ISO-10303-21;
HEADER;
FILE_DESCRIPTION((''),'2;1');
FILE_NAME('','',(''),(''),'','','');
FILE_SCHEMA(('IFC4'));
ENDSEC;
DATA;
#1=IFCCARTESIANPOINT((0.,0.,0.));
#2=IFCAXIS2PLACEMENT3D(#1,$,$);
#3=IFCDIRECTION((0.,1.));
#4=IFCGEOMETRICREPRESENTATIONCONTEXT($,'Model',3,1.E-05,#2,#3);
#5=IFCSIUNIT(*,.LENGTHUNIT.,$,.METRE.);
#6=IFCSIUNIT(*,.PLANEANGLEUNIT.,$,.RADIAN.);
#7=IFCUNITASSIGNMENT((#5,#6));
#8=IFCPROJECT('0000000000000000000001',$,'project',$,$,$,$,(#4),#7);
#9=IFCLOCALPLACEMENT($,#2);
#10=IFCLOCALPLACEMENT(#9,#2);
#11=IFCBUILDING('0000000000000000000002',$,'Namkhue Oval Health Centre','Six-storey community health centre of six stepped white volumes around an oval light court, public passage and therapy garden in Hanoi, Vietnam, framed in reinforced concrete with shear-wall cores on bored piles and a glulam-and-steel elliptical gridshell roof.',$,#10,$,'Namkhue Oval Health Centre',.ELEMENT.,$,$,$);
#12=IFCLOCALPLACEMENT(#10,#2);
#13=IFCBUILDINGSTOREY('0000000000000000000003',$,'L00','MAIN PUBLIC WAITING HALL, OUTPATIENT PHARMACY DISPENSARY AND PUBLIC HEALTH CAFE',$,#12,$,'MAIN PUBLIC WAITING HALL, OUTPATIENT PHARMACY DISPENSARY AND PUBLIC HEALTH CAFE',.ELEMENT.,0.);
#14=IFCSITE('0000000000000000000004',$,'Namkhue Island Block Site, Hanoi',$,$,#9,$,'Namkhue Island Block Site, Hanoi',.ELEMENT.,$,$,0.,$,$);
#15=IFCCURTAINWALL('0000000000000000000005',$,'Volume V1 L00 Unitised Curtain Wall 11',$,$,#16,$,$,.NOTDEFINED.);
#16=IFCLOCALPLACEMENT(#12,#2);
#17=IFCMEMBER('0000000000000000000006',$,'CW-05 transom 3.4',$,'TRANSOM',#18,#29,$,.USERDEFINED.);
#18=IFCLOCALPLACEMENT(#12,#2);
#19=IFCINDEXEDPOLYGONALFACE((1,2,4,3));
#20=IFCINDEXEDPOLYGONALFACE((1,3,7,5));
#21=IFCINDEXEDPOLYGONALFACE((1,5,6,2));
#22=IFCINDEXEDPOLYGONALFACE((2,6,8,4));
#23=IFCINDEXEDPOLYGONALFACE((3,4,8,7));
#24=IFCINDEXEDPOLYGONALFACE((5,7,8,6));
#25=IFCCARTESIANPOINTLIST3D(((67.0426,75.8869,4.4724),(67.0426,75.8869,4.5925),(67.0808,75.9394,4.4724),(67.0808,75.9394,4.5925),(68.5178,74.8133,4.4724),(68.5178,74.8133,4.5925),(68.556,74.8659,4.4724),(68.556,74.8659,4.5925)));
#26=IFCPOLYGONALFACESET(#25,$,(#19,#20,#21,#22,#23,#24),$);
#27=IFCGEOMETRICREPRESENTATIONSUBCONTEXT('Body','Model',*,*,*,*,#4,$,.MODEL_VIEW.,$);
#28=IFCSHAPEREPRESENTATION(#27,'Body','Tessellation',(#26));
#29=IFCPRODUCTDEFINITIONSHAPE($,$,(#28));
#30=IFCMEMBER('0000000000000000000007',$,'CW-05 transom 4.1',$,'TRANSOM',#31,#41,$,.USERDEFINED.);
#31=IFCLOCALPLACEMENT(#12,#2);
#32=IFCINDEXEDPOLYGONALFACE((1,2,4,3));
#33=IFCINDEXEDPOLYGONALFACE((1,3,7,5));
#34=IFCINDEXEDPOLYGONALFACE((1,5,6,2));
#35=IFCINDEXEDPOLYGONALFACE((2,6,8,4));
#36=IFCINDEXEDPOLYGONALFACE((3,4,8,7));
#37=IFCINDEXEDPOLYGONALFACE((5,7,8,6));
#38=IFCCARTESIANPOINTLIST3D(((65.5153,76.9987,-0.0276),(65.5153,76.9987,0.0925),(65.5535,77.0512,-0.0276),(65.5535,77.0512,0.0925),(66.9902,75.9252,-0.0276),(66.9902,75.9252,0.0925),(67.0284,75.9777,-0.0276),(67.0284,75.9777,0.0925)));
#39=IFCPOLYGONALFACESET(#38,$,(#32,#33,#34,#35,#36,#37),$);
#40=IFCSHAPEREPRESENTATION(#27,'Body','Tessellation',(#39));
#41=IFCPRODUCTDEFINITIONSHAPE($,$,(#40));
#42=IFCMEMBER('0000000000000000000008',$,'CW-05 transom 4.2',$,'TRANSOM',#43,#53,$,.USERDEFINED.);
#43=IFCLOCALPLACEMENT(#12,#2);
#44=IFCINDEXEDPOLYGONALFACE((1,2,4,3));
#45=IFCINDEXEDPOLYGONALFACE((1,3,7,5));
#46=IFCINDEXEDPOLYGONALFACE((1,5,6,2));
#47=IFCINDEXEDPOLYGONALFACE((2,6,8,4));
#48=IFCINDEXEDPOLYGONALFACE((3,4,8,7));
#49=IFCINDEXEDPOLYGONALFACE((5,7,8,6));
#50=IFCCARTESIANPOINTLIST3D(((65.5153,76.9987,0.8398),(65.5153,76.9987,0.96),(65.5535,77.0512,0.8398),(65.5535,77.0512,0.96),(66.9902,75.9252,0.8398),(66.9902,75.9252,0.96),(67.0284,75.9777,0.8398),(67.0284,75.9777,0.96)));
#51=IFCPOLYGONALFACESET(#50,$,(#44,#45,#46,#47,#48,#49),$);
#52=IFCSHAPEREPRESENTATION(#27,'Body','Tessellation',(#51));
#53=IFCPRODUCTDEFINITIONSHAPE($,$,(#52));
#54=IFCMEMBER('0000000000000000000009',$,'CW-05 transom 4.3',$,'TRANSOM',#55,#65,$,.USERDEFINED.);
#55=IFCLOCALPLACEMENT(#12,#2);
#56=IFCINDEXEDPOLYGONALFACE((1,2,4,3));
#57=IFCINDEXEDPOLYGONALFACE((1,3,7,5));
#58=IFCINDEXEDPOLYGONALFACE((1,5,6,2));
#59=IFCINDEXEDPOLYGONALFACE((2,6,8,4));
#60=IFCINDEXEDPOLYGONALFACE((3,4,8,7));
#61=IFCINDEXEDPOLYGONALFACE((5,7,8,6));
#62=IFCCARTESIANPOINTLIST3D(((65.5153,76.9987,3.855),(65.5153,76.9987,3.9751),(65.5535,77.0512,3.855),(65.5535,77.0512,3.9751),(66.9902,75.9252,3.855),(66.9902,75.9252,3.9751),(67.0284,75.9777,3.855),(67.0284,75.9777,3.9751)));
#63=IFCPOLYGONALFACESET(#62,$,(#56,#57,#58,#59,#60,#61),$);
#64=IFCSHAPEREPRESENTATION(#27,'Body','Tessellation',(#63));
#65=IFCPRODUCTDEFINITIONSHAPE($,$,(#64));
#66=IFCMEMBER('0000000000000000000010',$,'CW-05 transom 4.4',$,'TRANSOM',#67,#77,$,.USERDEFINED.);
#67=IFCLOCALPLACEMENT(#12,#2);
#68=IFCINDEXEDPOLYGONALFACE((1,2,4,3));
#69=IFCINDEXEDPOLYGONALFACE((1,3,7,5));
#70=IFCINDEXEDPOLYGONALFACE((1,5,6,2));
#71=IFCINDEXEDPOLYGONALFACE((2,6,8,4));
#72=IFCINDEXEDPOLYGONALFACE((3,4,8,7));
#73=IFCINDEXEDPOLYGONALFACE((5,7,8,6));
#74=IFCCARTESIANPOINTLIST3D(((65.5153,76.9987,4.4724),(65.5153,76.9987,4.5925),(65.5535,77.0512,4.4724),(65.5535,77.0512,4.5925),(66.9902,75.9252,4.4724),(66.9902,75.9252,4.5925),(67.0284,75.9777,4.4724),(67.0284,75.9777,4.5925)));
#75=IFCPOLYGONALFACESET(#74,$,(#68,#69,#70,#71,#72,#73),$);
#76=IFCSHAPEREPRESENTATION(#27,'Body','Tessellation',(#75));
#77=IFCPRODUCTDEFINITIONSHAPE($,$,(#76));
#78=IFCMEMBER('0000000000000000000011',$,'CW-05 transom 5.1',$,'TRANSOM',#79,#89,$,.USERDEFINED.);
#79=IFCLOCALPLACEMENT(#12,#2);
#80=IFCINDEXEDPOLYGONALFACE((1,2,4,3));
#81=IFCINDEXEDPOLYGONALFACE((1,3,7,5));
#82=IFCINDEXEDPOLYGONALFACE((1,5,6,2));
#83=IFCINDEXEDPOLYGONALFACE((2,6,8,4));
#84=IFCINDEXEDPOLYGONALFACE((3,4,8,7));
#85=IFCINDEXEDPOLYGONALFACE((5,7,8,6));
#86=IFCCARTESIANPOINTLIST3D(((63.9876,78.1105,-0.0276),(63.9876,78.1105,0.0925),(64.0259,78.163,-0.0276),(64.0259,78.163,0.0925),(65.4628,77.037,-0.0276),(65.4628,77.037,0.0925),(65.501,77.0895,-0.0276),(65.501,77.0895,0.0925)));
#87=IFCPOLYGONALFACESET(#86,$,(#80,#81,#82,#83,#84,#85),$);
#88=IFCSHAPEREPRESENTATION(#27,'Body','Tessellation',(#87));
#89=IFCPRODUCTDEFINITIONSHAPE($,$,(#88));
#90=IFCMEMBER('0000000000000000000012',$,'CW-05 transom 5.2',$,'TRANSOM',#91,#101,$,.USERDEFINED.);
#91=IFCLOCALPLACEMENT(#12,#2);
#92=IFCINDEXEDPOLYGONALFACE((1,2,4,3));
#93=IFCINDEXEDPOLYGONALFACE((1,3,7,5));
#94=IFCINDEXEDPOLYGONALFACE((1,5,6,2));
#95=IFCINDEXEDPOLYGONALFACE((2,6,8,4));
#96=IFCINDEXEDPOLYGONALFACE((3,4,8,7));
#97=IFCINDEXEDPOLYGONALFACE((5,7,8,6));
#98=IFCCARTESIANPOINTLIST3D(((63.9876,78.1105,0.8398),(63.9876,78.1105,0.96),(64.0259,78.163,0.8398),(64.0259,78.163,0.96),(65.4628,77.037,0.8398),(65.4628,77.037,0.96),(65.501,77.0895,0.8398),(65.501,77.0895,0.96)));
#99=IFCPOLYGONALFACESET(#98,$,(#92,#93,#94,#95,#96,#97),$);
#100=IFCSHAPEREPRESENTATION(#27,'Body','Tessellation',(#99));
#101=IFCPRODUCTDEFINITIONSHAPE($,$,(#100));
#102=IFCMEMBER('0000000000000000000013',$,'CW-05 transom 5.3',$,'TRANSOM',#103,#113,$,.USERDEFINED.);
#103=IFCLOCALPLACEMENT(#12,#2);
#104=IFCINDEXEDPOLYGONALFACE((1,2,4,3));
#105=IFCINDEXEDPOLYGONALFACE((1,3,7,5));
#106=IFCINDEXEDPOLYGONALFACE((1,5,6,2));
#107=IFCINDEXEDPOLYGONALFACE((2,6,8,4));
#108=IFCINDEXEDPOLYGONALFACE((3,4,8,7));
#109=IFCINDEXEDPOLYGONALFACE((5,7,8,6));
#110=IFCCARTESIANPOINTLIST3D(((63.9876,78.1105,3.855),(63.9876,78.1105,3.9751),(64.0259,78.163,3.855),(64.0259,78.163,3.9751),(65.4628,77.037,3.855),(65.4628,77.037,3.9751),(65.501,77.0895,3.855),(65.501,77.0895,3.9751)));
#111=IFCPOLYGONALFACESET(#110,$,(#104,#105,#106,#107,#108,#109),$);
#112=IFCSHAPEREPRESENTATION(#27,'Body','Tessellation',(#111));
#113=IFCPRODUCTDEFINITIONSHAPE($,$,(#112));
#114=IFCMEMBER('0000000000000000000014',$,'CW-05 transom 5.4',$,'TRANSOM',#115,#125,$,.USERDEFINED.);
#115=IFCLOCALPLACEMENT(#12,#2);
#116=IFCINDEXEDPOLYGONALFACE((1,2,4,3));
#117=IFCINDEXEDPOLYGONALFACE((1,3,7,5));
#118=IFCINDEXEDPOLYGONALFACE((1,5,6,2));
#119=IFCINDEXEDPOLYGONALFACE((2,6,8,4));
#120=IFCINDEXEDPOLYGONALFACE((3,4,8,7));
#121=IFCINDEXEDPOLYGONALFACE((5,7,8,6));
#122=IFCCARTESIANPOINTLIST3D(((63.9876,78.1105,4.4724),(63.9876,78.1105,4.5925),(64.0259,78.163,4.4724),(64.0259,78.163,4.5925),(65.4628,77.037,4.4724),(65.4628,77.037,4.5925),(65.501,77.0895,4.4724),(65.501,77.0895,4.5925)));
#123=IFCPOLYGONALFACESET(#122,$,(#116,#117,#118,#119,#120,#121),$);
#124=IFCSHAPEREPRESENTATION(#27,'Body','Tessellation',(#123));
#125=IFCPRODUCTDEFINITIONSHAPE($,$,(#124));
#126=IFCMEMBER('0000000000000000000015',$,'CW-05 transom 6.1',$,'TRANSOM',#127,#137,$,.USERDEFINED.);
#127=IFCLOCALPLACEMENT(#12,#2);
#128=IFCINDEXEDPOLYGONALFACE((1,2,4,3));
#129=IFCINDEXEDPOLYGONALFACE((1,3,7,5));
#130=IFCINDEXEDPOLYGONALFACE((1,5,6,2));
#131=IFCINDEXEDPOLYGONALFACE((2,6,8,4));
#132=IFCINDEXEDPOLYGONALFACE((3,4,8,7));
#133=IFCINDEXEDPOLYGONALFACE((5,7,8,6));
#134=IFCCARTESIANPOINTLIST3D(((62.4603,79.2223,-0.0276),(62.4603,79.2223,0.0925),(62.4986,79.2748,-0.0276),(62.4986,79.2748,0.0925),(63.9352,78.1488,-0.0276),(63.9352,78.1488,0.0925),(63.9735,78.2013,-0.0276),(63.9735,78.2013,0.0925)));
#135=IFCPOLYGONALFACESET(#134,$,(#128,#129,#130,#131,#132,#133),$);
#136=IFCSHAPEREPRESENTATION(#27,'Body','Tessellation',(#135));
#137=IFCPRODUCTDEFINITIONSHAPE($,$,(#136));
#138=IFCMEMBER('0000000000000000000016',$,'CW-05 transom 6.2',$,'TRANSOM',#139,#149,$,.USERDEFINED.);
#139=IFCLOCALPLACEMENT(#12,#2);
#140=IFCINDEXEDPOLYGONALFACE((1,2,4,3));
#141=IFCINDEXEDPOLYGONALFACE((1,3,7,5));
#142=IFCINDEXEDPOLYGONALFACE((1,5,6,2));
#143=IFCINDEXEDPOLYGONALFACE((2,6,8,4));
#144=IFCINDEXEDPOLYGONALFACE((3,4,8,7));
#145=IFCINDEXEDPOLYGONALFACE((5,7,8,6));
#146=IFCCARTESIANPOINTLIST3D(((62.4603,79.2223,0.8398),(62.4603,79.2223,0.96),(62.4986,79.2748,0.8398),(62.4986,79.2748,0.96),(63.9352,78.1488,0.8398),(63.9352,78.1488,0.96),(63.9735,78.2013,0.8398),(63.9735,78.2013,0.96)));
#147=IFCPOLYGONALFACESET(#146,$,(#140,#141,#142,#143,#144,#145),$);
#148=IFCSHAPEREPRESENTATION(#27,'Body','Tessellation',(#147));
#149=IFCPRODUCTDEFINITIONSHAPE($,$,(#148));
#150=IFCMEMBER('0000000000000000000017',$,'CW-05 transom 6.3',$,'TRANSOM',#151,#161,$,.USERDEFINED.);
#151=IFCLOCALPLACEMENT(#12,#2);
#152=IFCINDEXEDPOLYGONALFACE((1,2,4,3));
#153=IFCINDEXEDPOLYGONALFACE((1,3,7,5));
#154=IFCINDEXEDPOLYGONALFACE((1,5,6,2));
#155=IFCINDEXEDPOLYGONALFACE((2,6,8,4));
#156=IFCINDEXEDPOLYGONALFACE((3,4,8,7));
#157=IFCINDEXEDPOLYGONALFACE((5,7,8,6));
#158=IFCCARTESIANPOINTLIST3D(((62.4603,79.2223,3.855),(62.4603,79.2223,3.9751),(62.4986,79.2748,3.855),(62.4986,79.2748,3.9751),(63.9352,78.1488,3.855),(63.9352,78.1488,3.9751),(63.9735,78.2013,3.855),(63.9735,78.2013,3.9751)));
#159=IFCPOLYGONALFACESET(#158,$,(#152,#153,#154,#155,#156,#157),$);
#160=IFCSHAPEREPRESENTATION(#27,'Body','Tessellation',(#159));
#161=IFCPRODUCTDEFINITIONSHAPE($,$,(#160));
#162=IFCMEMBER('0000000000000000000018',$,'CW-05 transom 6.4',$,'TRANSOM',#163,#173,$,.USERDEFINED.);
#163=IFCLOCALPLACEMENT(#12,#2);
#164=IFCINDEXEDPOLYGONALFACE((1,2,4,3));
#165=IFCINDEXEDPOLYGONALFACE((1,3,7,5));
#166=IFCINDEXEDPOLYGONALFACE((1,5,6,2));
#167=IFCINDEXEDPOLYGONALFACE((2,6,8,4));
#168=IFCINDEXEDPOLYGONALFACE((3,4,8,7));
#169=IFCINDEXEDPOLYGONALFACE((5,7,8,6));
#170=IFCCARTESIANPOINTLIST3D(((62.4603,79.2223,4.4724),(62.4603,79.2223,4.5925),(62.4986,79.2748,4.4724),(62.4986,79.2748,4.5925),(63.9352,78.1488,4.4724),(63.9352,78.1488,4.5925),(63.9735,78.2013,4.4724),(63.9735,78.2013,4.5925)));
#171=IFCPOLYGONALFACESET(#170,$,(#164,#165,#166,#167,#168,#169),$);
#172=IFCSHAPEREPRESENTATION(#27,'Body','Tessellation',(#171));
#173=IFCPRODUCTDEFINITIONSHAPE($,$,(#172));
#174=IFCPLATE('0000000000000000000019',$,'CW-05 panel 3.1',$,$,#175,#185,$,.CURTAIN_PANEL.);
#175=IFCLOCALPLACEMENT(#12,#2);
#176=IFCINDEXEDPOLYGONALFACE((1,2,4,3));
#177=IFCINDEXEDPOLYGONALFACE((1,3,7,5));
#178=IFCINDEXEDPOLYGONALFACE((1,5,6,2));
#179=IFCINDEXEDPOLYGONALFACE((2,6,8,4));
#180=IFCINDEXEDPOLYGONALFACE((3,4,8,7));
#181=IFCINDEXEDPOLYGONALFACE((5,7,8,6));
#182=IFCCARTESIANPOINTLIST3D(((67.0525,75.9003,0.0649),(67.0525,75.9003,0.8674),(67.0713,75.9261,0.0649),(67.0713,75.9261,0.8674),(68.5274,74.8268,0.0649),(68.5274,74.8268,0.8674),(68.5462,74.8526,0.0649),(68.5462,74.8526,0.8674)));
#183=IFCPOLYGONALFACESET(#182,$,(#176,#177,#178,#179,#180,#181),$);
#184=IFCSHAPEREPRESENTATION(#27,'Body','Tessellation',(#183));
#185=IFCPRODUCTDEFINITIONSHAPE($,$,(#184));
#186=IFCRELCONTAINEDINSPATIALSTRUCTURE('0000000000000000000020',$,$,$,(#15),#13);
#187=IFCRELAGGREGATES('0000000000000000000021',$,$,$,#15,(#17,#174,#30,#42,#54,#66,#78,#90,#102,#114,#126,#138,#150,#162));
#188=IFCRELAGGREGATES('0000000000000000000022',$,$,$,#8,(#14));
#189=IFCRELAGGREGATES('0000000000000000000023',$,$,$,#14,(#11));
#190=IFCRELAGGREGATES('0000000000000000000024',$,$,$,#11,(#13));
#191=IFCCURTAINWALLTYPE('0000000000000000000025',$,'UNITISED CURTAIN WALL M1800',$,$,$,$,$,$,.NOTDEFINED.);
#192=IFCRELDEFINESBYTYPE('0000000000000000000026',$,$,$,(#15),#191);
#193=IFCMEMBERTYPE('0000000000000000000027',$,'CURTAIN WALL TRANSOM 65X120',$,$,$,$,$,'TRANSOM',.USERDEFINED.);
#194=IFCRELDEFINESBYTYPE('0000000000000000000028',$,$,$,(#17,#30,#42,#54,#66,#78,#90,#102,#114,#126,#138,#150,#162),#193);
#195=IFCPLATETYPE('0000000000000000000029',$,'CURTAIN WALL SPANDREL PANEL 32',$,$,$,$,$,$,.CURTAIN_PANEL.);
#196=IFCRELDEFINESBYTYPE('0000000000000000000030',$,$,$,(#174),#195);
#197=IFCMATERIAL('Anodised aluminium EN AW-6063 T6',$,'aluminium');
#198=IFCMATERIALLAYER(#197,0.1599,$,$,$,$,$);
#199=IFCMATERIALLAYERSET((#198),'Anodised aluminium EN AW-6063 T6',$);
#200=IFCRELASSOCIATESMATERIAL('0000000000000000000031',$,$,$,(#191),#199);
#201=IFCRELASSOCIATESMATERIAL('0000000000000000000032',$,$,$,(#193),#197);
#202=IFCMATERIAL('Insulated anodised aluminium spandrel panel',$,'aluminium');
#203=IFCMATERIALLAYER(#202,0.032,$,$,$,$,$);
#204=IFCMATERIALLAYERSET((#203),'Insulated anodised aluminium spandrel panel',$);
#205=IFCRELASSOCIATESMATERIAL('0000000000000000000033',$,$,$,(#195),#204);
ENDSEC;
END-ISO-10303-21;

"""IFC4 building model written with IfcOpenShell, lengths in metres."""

from ifc_helpers import new_model, si_unit, direction, frame, origin, origin_2d, place, context, subcontext, project, spatial, rectangle, extrude, material, layer, layer_set, material_profile, profile_set, type_object, element, aggregate, save


model = new_model("IFC4")

# Units and contexts
model_context = context("Model", 3, precision=1e-05, world=origin(), true_north=direction((0.0, 1.0)))
body_context = subcontext(model_context, "Body", "Model", "MODEL_VIEW")
ifc_project = project(units=[si_unit("LENGTHUNIT", "METRE"), si_unit("PLANEANGLEUNIT", "RADIAN")], contexts=[model_context])

# Site, building, storey
site_placement = place(None, origin())
site = spatial("IfcSite", under=ifc_project, at=site_placement, Name="Namkhue Island Block Site, Hanoi", LongName="Namkhue Island Block Site, Hanoi", CompositionType="ELEMENT", RefElevation=0.0)
building_placement = place(site_placement, origin())
building = spatial("IfcBuilding", under=site, at=building_placement, Name="Namkhue Oval Health Centre", Description="Six-storey community health centre of six stepped white volumes around an oval light court, public passage and therapy garden in Hanoi, Vietnam, framed in reinforced concrete with shear-wall cores on bored piles and a glulam-and-steel elliptical gridshell roof.", LongName="Namkhue Oval Health Centre", CompositionType="ELEMENT")
storey_placement = place(building_placement, origin())
storey = spatial("IfcBuildingStorey", under=building, at=storey_placement, Name="L00", Description="MAIN PUBLIC WAITING HALL, OUTPATIENT PHARMACY DISPENSARY AND PUBLIC HEALTH CAFE", LongName="MAIN PUBLIC WAITING HALL, OUTPATIENT PHARMACY DISPENSARY AND PUBLIC HEALTH CAFE", CompositionType="ELEMENT", Elevation=0.0)

# Curtain wall, members, plate
ifc_material_1 = material(Name="Anodised aluminium EN AW-6063 T6", Category="aluminium")
ifc_layer_1 = layer(ifc_material_1, 0.1599)
ifc_layer_set_1 = layer_set([ifc_layer_1], Name="Anodised aluminium EN AW-6063 T6")
curtain_wall_type = type_object("IfcCurtainWallType", Name="UNITISED CURTAIN WALL M1800", PredefinedType="NOTDEFINED", material=ifc_layer_set_1)
curtain_wall_placement = place(storey_placement, origin())
curtain_wall = element("IfcCurtainWall", 1, at=curtain_wall_placement, inside=storey, type_object=curtain_wall_type, Name="Volume V1 L00 Unitised Curtain Wall 11", PredefinedType="NOTDEFINED")
ifc_material_profile_1 = material_profile(ifc_material_1, rectangle(XDim=0.0649, YDim=0.1201, at=origin_2d()), Name="ALU 65x120")
ifc_profile_set_1 = profile_set([ifc_material_profile_1], Name="Anodised aluminium EN AW-6063 T6")
member_type_1 = type_object("IfcMemberType", Name="CURTAIN WALL TRANSOM 65X120", ElementType="TRANSOM", PredefinedType="USERDEFINED", material=ifc_profile_set_1)
member_1_placement = place(storey_placement, frame((68.5369, 74.8396, 4.5325), z_axis=(-0.808557, 0.588418, 0.0), x_axis=(-0.588418, -0.808557, 0.0)))
member_1 = element("IfcMember", 2, at=member_1_placement, type_object=member_type_1, Name="CW-05 transom 3.4", ObjectType="TRANSOM", PredefinedType="USERDEFINED", context=body_context, shape_type="SweptSolid", body=[
    extrude(rectangle(XDim=0.0649, YDim=0.1201, at=origin_2d()), origin(), (0.0, 0.0, 1.0), 1.8245),
])
member_2_placement = place(storey_placement, frame((67.0093, 75.9514, 0.0325), z_axis=(-0.80851, 0.588482, 0.0), x_axis=(-0.588482, -0.80851, 0.0)))
member_2 = element("IfcMember", 3, at=member_2_placement, type_object=member_type_1, Name="CW-05 transom 4.1", ObjectType="TRANSOM", PredefinedType="USERDEFINED", context=body_context, shape_type="SweptSolid", body=[
    extrude(rectangle(XDim=0.0649, YDim=0.1201, at=origin_2d()), origin(), (0.0, 0.0, 1.0), 1.8242),
])
member_3_placement = place(storey_placement, frame((67.0093, 75.9514, 0.8999), z_axis=(-0.80851, 0.588482, 0.0), x_axis=(-0.588482, -0.80851, 0.0)))
member_3 = element("IfcMember", 4, at=member_3_placement, type_object=member_type_1, Name="CW-05 transom 4.2", ObjectType="TRANSOM", PredefinedType="USERDEFINED", context=body_context, shape_type="SweptSolid", body=[
    extrude(rectangle(XDim=0.0649, YDim=0.1201, at=origin_2d()), origin(), (0.0, 0.0, 1.0), 1.8242),
])
member_4_placement = place(storey_placement, frame((67.0093, 75.9514, 3.915), z_axis=(-0.80851, 0.588482, 0.0), x_axis=(-0.588482, -0.80851, 0.0)))
member_4 = element("IfcMember", 5, at=member_4_placement, type_object=member_type_1, Name="CW-05 transom 4.3", ObjectType="TRANSOM", PredefinedType="USERDEFINED", context=body_context, shape_type="SweptSolid", body=[
    extrude(rectangle(XDim=0.0649, YDim=0.1201, at=origin_2d()), origin(), (0.0, 0.0, 1.0), 1.8242),
])
member_5_placement = place(storey_placement, frame((67.0093, 75.9514, 4.5325), z_axis=(-0.80851, 0.588482, 0.0), x_axis=(-0.588482, -0.80851, 0.0)))
member_5 = element("IfcMember", 6, at=member_5_placement, type_object=member_type_1, Name="CW-05 transom 4.4", ObjectType="TRANSOM", PredefinedType="USERDEFINED", context=body_context, shape_type="SweptSolid", body=[
    extrude(rectangle(XDim=0.0649, YDim=0.1201, at=origin_2d()), origin(), (0.0, 0.0, 1.0), 1.8242),
])
member_6_placement = place(storey_placement, frame((65.4819, 77.0632, 0.0325), z_axis=(-0.808557, 0.588418, 0.0), x_axis=(-0.588418, -0.808557, 0.0)))
member_6 = element("IfcMember", 7, at=member_6_placement, type_object=member_type_1, Name="CW-05 transom 5.1", ObjectType="TRANSOM", PredefinedType="USERDEFINED", context=body_context, shape_type="SweptSolid", body=[
    extrude(rectangle(XDim=0.0649, YDim=0.1201, at=origin_2d()), origin(), (0.0, 0.0, 1.0), 1.8245),
])
member_7_placement = place(storey_placement, frame((65.4819, 77.0632, 0.8999), z_axis=(-0.808557, 0.588418, 0.0), x_axis=(-0.588418, -0.808557, 0.0)))
member_7 = element("IfcMember", 8, at=member_7_placement, type_object=member_type_1, Name="CW-05 transom 5.2", ObjectType="TRANSOM", PredefinedType="USERDEFINED", context=body_context, shape_type="SweptSolid", body=[
    extrude(rectangle(XDim=0.0649, YDim=0.1201, at=origin_2d()), origin(), (0.0, 0.0, 1.0), 1.8245),
])
member_8_placement = place(storey_placement, frame((65.4819, 77.0632, 3.915), z_axis=(-0.808557, 0.588418, 0.0), x_axis=(-0.588418, -0.808557, 0.0)))
member_8 = element("IfcMember", 9, at=member_8_placement, type_object=member_type_1, Name="CW-05 transom 5.3", ObjectType="TRANSOM", PredefinedType="USERDEFINED", context=body_context, shape_type="SweptSolid", body=[
    extrude(rectangle(XDim=0.0649, YDim=0.1201, at=origin_2d()), origin(), (0.0, 0.0, 1.0), 1.8245),
])
member_9_placement = place(storey_placement, frame((65.4819, 77.0632, 4.5325), z_axis=(-0.808557, 0.588418, 0.0), x_axis=(-0.588418, -0.808557, 0.0)))
member_9 = element("IfcMember", 10, at=member_9_placement, type_object=member_type_1, Name="CW-05 transom 5.4", ObjectType="TRANSOM", PredefinedType="USERDEFINED", context=body_context, shape_type="SweptSolid", body=[
    extrude(rectangle(XDim=0.0649, YDim=0.1201, at=origin_2d()), origin(), (0.0, 0.0, 1.0), 1.8245),
])
member_10_placement = place(storey_placement, frame((63.9543, 78.175, 0.0325), z_axis=(-0.80851, 0.588482, 0.0), x_axis=(-0.588482, -0.80851, 0.0)))
member_10 = element("IfcMember", 11, at=member_10_placement, type_object=member_type_1, Name="CW-05 transom 6.1", ObjectType="TRANSOM", PredefinedType="USERDEFINED", context=body_context, shape_type="SweptSolid", body=[
    extrude(rectangle(XDim=0.0649, YDim=0.1201, at=origin_2d()), origin(), (0.0, 0.0, 1.0), 1.8242),
])
member_11_placement = place(storey_placement, frame((63.9543, 78.175, 0.8999), z_axis=(-0.80851, 0.588482, 0.0), x_axis=(-0.588482, -0.80851, 0.0)))
member_11 = element("IfcMember", 12, at=member_11_placement, type_object=member_type_1, Name="CW-05 transom 6.2", ObjectType="TRANSOM", PredefinedType="USERDEFINED", context=body_context, shape_type="SweptSolid", body=[
    extrude(rectangle(XDim=0.0649, YDim=0.1201, at=origin_2d()), origin(), (0.0, 0.0, 1.0), 1.8242),
])
member_12_placement = place(storey_placement, frame((63.9543, 78.175, 3.915), z_axis=(-0.80851, 0.588482, 0.0), x_axis=(-0.588482, -0.80851, 0.0)))
member_12 = element("IfcMember", 13, at=member_12_placement, type_object=member_type_1, Name="CW-05 transom 6.3", ObjectType="TRANSOM", PredefinedType="USERDEFINED", context=body_context, shape_type="SweptSolid", body=[
    extrude(rectangle(XDim=0.0649, YDim=0.1201, at=origin_2d()), origin(), (0.0, 0.0, 1.0), 1.8242),
])
member_13_placement = place(storey_placement, frame((63.9543, 78.175, 4.5325), z_axis=(-0.80851, 0.588482, 0.0), x_axis=(-0.588482, -0.80851, 0.0)))
member_13 = element("IfcMember", 14, at=member_13_placement, type_object=member_type_1, Name="CW-05 transom 6.4", ObjectType="TRANSOM", PredefinedType="USERDEFINED", context=body_context, shape_type="SweptSolid", body=[
    extrude(rectangle(XDim=0.0649, YDim=0.1201, at=origin_2d()), origin(), (0.0, 0.0, 1.0), 1.8242),
])
ifc_material_2 = material(Name="Insulated anodised aluminium spandrel panel", Category="aluminium")
ifc_layer_2 = layer(ifc_material_2, 0.032)
ifc_layer_set_2 = layer_set([ifc_layer_2], Name="Insulated anodised aluminium spandrel panel")
plate_type = type_object("IfcPlateType", Name="CURTAIN WALL SPANDREL PANEL 32", PredefinedType="CURTAIN_PANEL", material=ifc_layer_set_2)
plate_1_placement = place(storey_placement, frame((67.7993, 75.3765, 0.0649), z_axis=(0.0, 0.0, 1.0), x_axis=(-0.808514, 0.588477, 0.0)))
plate_1 = element("IfcPlate", 15, at=plate_1_placement, type_object=plate_type, Name="CW-05 panel 3.1", PredefinedType="CURTAIN_PANEL", context=body_context, shape_type="SweptSolid", body=[
    extrude(rectangle(XDim=1.8242, YDim=0.032, at=origin_2d()), origin(), (0.0, 0.0, 1.0), 0.8025),
])
aggregate(curtain_wall, [member_1, plate_1, member_2, member_3, member_4, member_5, member_6, member_7, member_8, member_9, member_10, member_11, member_12, member_13])

save(model, "model.ifc")
